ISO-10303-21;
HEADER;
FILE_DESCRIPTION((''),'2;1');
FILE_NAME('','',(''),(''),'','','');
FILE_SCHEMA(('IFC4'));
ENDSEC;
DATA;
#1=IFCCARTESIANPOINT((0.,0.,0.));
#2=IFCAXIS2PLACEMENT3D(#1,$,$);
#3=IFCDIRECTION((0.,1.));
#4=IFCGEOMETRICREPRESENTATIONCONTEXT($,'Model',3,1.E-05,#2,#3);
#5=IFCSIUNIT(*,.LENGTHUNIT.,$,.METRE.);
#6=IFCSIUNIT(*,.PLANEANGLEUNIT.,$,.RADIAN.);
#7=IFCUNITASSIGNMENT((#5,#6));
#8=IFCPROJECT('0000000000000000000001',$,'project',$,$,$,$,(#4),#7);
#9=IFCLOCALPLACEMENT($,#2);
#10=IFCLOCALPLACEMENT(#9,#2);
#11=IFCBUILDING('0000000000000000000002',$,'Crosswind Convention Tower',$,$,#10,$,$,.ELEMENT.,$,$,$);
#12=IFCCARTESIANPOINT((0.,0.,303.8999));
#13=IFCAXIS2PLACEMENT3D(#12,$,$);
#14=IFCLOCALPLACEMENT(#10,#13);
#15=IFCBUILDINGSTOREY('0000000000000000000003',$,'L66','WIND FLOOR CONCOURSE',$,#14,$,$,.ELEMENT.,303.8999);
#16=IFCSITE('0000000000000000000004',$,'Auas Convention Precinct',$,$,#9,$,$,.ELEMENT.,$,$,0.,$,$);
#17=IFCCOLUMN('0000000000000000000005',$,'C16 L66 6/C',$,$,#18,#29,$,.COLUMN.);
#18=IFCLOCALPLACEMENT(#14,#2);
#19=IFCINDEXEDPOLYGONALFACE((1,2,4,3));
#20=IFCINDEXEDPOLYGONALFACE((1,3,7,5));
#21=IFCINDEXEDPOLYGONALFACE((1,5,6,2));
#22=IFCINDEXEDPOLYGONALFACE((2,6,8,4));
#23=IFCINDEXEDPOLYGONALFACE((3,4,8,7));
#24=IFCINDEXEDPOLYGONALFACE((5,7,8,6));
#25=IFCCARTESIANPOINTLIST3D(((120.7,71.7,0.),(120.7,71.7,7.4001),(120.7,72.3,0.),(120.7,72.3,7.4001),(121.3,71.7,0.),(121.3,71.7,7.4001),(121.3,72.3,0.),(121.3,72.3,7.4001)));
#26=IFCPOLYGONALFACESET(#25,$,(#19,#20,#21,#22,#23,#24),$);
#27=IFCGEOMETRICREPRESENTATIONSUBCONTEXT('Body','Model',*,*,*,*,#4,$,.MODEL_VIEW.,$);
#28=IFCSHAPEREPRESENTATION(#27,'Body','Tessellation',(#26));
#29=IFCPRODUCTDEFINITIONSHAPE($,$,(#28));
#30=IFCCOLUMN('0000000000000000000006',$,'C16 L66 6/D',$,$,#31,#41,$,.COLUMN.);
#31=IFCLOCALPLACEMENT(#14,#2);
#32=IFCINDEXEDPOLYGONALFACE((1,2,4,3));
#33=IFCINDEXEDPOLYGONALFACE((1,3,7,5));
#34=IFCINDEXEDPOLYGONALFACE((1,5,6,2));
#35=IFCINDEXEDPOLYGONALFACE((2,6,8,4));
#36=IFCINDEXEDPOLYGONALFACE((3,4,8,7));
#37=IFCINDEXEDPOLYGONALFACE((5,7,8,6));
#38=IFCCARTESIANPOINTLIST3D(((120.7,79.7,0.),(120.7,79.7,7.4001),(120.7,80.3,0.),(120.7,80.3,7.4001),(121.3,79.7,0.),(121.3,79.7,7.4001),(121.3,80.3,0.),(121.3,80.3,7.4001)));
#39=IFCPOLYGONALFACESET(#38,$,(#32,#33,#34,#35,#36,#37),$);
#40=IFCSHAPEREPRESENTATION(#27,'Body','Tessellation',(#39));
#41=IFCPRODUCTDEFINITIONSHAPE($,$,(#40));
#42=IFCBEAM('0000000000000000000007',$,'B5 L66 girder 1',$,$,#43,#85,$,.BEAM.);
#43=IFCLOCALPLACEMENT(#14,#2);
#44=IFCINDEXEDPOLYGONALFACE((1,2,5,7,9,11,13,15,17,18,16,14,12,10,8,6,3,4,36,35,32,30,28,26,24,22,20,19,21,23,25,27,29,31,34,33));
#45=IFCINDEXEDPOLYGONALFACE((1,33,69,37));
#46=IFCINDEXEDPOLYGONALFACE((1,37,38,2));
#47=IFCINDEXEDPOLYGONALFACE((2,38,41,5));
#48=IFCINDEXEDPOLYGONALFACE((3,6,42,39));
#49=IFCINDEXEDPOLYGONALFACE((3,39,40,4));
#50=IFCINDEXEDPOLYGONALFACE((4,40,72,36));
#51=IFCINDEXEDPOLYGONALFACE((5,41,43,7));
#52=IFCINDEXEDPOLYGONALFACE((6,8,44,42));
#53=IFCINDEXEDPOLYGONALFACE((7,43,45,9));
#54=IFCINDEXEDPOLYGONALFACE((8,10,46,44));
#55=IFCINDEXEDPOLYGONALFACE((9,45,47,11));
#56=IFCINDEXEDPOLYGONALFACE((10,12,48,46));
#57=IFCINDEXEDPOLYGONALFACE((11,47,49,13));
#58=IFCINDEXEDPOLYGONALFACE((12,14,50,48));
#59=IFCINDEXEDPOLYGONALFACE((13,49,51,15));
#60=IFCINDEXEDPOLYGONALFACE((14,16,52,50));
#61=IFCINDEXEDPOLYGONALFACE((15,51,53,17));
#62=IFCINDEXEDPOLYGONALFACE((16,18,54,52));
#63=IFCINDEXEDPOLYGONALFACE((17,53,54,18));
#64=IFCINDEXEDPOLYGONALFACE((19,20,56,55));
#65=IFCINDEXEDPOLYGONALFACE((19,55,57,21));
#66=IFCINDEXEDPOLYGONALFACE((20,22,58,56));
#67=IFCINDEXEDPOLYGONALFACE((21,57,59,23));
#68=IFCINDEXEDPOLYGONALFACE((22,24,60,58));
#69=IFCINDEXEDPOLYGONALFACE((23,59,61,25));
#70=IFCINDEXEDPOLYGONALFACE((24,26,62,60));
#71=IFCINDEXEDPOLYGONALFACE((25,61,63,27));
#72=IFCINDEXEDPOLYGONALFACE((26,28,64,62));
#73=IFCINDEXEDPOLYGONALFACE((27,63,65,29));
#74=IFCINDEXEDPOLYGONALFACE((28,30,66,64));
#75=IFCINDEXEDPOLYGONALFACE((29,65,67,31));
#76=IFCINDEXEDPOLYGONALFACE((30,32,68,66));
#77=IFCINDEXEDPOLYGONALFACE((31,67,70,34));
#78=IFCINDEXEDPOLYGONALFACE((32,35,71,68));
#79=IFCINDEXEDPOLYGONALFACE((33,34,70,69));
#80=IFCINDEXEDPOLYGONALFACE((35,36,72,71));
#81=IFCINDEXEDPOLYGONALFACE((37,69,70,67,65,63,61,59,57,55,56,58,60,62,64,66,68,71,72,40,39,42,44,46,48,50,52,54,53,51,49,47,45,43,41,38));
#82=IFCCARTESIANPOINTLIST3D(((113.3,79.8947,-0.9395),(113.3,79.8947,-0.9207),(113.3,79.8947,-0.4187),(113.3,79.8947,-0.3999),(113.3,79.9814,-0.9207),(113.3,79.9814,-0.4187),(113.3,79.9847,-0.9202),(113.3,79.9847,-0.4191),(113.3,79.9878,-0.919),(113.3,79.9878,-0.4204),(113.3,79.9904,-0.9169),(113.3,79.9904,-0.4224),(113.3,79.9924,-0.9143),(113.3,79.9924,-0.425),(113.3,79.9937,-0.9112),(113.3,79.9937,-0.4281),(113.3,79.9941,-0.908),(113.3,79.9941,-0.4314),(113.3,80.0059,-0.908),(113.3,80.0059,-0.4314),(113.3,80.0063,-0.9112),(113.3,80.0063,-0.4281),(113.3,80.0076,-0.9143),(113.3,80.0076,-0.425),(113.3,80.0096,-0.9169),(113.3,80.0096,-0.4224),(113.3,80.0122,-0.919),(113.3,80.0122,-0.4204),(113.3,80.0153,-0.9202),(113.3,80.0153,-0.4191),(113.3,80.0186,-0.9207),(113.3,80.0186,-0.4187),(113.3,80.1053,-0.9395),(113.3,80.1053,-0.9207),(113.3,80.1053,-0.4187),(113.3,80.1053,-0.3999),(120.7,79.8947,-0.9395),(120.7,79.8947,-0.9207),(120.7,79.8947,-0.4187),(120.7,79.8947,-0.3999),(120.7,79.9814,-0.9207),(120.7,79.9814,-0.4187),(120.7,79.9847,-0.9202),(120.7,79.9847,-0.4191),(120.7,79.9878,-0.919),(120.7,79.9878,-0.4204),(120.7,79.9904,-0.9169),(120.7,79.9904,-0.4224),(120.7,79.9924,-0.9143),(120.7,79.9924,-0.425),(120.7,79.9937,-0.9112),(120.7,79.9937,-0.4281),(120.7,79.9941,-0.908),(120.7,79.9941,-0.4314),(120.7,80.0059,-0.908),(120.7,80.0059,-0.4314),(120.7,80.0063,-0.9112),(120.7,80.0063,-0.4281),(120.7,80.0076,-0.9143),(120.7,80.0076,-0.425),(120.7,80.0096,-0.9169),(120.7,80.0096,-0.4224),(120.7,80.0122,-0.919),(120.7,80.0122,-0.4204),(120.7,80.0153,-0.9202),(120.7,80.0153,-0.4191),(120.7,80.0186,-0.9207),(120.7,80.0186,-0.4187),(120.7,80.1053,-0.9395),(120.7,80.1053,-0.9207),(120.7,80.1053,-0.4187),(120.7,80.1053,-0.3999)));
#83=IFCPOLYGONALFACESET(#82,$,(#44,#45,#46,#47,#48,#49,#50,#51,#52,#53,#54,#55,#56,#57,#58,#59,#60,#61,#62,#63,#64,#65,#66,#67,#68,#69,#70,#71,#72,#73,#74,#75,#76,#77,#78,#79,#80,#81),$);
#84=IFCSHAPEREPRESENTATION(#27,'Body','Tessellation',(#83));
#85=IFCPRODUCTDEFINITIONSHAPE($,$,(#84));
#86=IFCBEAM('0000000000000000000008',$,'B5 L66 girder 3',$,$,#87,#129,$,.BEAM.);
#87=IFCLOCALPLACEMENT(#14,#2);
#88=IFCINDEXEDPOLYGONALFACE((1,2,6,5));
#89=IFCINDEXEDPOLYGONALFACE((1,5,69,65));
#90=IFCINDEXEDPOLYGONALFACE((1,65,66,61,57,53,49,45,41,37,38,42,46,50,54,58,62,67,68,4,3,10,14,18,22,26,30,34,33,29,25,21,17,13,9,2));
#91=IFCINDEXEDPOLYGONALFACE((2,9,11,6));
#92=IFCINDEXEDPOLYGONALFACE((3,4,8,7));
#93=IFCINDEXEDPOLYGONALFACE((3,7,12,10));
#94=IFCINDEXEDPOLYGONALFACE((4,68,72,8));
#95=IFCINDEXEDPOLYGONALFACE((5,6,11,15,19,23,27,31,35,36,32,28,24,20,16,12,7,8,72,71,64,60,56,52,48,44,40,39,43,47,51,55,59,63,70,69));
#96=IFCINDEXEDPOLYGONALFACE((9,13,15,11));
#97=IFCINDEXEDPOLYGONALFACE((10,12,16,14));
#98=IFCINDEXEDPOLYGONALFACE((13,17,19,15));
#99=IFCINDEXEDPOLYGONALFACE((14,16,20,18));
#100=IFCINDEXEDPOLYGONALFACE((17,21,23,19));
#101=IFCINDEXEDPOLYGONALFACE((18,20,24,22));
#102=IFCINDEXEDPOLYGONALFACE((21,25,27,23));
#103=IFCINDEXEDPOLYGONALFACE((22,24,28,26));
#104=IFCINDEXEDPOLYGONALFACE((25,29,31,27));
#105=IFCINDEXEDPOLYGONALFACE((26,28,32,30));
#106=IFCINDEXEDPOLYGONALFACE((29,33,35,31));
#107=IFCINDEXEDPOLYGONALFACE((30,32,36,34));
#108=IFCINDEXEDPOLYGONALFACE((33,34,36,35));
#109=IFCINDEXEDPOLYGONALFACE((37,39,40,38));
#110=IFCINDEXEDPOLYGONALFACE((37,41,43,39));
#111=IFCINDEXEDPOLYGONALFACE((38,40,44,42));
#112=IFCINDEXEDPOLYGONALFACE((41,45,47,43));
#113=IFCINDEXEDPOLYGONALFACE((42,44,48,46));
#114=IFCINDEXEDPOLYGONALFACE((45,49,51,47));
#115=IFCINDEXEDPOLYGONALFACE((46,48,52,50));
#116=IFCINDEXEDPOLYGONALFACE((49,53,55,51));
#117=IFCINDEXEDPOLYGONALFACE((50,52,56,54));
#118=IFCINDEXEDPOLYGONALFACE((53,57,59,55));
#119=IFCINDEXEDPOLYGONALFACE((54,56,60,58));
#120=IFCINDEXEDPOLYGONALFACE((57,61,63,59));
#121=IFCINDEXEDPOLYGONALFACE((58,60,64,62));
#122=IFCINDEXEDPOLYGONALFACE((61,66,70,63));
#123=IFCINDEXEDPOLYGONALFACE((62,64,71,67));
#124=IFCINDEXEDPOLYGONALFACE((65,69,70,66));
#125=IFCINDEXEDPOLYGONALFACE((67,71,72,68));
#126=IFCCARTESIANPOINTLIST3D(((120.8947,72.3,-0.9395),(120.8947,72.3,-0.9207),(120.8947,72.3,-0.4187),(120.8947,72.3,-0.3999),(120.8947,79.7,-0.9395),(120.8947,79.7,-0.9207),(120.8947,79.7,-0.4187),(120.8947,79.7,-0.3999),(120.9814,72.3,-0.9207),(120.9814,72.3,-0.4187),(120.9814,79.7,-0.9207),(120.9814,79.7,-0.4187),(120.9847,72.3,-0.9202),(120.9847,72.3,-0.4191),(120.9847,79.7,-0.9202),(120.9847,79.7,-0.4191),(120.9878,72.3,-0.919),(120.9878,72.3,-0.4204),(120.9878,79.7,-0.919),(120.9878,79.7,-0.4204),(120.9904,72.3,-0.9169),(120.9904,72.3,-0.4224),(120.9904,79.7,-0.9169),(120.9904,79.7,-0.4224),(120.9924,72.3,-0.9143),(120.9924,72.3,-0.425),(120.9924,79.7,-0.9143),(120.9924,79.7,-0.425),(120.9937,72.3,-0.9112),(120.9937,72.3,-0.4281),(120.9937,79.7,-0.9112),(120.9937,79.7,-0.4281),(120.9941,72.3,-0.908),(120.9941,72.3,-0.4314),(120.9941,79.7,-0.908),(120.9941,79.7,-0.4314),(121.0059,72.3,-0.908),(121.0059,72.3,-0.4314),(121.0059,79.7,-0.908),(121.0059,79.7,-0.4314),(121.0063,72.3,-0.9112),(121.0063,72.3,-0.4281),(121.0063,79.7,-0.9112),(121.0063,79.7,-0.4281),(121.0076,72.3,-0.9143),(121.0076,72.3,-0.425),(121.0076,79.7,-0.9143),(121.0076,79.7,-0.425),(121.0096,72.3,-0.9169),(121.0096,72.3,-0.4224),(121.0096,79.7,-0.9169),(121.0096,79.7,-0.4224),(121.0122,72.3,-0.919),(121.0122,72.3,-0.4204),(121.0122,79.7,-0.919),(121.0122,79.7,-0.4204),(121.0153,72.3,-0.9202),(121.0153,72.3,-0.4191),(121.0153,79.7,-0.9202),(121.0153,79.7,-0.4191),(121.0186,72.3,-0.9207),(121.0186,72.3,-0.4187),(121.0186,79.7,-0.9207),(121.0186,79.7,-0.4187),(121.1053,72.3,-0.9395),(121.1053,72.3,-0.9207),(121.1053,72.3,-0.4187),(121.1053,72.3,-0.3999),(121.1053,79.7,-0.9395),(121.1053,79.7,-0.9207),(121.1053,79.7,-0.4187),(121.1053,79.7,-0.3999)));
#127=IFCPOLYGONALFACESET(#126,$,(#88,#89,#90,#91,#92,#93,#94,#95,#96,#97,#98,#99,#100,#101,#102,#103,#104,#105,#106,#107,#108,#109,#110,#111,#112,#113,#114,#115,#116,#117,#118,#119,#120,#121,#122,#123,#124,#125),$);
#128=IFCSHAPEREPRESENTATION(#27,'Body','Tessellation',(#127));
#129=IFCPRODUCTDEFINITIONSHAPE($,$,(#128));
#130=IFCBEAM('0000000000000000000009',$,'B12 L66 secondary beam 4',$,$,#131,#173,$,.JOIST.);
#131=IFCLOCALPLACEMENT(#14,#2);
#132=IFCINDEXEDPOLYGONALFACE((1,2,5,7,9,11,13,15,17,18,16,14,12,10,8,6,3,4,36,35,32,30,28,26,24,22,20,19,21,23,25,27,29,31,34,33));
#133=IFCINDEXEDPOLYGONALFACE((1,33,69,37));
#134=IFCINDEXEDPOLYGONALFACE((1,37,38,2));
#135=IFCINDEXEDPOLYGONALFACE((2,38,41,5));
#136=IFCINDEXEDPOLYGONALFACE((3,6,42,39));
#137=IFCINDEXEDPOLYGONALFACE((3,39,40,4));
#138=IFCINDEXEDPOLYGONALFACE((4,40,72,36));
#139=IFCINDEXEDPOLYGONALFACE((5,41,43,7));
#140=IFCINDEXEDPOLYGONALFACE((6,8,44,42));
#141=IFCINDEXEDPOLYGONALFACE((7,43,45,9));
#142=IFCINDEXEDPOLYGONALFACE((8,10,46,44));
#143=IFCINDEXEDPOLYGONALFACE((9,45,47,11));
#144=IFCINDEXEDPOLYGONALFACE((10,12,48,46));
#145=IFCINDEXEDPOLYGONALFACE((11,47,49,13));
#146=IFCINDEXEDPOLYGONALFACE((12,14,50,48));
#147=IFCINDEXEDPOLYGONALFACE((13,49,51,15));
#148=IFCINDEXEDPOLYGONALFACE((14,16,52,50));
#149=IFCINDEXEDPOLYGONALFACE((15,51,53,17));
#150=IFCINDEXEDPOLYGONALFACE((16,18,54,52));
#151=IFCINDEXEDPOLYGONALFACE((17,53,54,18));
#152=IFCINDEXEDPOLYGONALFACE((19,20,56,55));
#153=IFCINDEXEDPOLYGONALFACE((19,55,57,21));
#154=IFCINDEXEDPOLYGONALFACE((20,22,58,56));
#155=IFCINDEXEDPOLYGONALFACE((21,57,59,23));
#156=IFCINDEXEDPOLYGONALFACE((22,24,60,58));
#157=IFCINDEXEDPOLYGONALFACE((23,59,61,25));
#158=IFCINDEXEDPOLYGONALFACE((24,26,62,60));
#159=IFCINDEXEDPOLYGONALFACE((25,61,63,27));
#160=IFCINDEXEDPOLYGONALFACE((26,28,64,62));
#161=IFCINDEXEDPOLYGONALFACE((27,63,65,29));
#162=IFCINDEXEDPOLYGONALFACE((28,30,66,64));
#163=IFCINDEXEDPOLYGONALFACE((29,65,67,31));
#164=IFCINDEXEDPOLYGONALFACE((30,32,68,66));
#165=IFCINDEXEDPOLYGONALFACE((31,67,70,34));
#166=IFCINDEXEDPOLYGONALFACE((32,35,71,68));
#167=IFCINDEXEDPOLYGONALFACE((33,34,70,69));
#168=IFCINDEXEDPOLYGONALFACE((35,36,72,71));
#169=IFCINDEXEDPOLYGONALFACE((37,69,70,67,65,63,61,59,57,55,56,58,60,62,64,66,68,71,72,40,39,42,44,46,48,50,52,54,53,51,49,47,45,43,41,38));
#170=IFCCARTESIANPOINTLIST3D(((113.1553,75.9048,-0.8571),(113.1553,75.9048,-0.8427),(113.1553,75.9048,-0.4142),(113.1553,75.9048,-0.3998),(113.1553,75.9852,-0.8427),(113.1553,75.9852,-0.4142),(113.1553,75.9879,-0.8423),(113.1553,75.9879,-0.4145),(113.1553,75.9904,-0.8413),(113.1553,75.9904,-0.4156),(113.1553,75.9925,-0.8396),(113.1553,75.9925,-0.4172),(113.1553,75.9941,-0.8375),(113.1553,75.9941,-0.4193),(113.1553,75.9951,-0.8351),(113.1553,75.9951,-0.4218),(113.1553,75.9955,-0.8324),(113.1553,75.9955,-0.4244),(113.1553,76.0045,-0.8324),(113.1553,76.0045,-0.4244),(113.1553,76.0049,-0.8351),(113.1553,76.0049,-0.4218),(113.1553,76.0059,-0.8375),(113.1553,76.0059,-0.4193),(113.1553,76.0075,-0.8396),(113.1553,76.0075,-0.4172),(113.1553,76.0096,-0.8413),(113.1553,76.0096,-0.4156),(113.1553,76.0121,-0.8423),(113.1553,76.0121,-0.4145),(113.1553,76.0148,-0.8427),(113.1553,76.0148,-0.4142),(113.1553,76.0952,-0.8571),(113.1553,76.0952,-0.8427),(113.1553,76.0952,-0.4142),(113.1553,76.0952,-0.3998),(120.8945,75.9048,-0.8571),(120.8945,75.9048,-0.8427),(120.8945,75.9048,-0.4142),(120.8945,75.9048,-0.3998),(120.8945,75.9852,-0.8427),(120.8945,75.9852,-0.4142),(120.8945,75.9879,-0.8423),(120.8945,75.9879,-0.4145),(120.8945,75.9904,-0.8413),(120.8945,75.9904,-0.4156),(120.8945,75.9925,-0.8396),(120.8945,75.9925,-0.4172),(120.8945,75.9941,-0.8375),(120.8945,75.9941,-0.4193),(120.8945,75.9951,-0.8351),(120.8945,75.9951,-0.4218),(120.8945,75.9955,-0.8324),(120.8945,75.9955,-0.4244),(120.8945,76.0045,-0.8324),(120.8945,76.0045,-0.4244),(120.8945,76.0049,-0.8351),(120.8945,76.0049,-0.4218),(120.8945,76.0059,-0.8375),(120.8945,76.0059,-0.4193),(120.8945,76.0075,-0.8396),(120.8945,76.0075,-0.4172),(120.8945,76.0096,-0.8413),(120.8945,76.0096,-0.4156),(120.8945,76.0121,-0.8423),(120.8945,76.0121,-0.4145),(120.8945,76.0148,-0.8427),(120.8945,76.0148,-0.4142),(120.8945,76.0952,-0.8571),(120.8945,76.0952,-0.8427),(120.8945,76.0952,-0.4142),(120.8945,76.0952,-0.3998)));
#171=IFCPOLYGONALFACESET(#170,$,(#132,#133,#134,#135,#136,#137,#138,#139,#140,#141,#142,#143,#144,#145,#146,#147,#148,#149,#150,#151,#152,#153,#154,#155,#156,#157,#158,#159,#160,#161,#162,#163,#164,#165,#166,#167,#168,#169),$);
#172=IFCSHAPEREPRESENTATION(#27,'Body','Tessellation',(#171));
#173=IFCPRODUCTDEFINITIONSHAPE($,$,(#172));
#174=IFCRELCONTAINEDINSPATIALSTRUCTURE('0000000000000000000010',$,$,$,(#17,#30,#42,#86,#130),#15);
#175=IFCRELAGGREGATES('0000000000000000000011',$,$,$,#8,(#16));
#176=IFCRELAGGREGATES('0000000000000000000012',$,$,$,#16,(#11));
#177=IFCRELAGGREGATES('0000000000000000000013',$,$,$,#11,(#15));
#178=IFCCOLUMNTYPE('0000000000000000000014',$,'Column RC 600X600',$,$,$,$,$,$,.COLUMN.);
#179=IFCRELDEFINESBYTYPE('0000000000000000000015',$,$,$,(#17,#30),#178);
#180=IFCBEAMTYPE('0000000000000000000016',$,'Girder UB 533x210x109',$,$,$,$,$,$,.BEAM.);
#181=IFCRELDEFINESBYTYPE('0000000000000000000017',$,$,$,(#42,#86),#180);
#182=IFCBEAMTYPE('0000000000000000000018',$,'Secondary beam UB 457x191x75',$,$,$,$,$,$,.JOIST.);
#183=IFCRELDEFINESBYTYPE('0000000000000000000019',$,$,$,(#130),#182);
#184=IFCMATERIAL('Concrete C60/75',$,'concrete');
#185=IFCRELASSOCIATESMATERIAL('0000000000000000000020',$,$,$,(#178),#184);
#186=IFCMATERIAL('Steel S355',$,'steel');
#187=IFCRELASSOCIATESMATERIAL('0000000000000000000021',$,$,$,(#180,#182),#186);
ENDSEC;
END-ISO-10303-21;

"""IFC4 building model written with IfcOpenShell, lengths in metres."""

from ifc_helpers import new_model, si_unit, direction, frame, origin, origin_2d, place, context, subcontext, project, spatial, rectangle, i_section, extrude, material, material_profile, profile_set, type_object, element, save


model = new_model("IFC4")

# Units and contexts
model_context = context("Model", 3, precision=1e-05, world=origin(), true_north=direction((0.0, 1.0)))
body_context = subcontext(model_context, "Body", "Model", "MODEL_VIEW")
ifc_project = project(units=[si_unit("LENGTHUNIT", "METRE"), si_unit("PLANEANGLEUNIT", "RADIAN")], contexts=[model_context])

# Site, building, storey
site_placement = place(None, origin())
site = spatial("IfcSite", under=ifc_project, at=site_placement, Name="Auas Convention Precinct", CompositionType="ELEMENT", RefElevation=0.0)
building_placement = place(site_placement, origin())
building = spatial("IfcBuilding", under=site, at=building_placement, Name="Crosswind Convention Tower", CompositionType="ELEMENT")
storey_placement = place(building_placement, frame((0.0, 0.0, 303.8999)))
storey = spatial("IfcBuildingStorey", under=building, at=storey_placement, Name="L66", Description="WIND FLOOR CONCOURSE", CompositionType="ELEMENT", Elevation=303.8999)

# Columns
ifc_material_1 = material(Name="Concrete C60/75", Category="concrete")
ifc_material_profile_1 = material_profile(ifc_material_1, rectangle(XDim=0.6001, YDim=0.6001, at=origin_2d()), Name="RC 600X600")
ifc_profile_set_1 = profile_set([ifc_material_profile_1], Name="Concrete C60/75")
column_type = type_object("IfcColumnType", Name="Column RC 600X600", PredefinedType="COLUMN", material=ifc_profile_set_1)
for number, where, z_axis, x_axis, name in (
    (1, (121.0, 72.0, 0.0), (0.0, 0.0, 1.0), (1.0, 0.0, 0.0), "C16 L66 6/C"),
    (2, (121.0, 80.0, 0.0), (0.0, 0.0, 1.0), (1.0, 0.0, 0.0), "C16 L66 6/D"),
):
    element("IfcColumn", number, at=place(storey_placement, frame(where, z_axis=z_axis, x_axis=x_axis)), inside=storey, type_object=column_type, Name=name, PredefinedType="COLUMN", context=body_context, shape_type="SweptSolid", body=[
        extrude(rectangle(XDim=0.6001, YDim=0.6001, at=origin_2d()), origin(), (0.0, 0.0, 1.0), 7.4001),
    ])

# Beams
ifc_material_2 = material(Name="Steel S355", Category="steel")
ifc_material_profile_2 = material_profile(ifc_material_2, i_section(OverallWidth=0.2107, OverallDepth=0.5396, WebThickness=0.0117, FlangeThickness=0.0188, FilletRadius=0.0127, at=origin_2d()), Name="UB 533x210x109")
ifc_profile_set_2 = profile_set([ifc_material_profile_2], Name="Steel S355")
beam_type_1 = type_object("IfcBeamType", Name="Girder UB 533x210x109", PredefinedType="BEAM", material=ifc_profile_set_2)
for number, where, z_axis, x_axis, name in (
    (3, (113.3, 80.0, -0.6697), (1.0, 0.0, 0.0), (0.0, 1.0, 0.0), "B5 L66 girder 1"),
    (4, (121.0, 72.3, -0.6697), (0.0, 1.0, 0.0), (-1.0, 0.0, 0.0), "B5 L66 girder 3"),
):
    element("IfcBeam", number, at=place(storey_placement, frame(where, z_axis=z_axis, x_axis=x_axis)), inside=storey, type_object=beam_type_1, Name=name, PredefinedType="BEAM", context=body_context, shape_type="SweptSolid", body=[
        extrude(i_section(OverallWidth=0.2107, OverallDepth=0.5396, WebThickness=0.0117, FlangeThickness=0.0188, FilletRadius=0.0127, at=origin_2d()), origin(), (0.0, 0.0, 1.0), 7.3999),
    ])
ifc_material_profile_3 = material_profile(ifc_material_2, i_section(OverallWidth=0.1904, OverallDepth=0.4573, WebThickness=0.009, FlangeThickness=0.0144, FilletRadius=0.0103, at=origin_2d()), Name="UB 457x191x75")
ifc_profile_set_3 = profile_set([ifc_material_profile_3], Name="Steel S355")
beam_type_2 = type_object("IfcBeamType", Name="Secondary beam UB 457x191x75", PredefinedType="JOIST", material=ifc_profile_set_3)
beam_1_placement = place(storey_placement, frame((113.1553, 76.0, -0.6284), z_axis=(1.0, 0.0, 0.0), x_axis=(0.0, 1.0, 0.0)))
element("IfcBeam", 5, at=beam_1_placement, inside=storey, type_object=beam_type_2, Name="B12 L66 secondary beam 4", PredefinedType="JOIST", context=body_context, shape_type="SweptSolid", body=[
    extrude(i_section(OverallWidth=0.1904, OverallDepth=0.4573, WebThickness=0.009, FlangeThickness=0.0144, FilletRadius=0.0103, at=origin_2d()), origin(), (0.0, 0.0, 1.0), 7.7393),
])

save(model, "model.ifc")
